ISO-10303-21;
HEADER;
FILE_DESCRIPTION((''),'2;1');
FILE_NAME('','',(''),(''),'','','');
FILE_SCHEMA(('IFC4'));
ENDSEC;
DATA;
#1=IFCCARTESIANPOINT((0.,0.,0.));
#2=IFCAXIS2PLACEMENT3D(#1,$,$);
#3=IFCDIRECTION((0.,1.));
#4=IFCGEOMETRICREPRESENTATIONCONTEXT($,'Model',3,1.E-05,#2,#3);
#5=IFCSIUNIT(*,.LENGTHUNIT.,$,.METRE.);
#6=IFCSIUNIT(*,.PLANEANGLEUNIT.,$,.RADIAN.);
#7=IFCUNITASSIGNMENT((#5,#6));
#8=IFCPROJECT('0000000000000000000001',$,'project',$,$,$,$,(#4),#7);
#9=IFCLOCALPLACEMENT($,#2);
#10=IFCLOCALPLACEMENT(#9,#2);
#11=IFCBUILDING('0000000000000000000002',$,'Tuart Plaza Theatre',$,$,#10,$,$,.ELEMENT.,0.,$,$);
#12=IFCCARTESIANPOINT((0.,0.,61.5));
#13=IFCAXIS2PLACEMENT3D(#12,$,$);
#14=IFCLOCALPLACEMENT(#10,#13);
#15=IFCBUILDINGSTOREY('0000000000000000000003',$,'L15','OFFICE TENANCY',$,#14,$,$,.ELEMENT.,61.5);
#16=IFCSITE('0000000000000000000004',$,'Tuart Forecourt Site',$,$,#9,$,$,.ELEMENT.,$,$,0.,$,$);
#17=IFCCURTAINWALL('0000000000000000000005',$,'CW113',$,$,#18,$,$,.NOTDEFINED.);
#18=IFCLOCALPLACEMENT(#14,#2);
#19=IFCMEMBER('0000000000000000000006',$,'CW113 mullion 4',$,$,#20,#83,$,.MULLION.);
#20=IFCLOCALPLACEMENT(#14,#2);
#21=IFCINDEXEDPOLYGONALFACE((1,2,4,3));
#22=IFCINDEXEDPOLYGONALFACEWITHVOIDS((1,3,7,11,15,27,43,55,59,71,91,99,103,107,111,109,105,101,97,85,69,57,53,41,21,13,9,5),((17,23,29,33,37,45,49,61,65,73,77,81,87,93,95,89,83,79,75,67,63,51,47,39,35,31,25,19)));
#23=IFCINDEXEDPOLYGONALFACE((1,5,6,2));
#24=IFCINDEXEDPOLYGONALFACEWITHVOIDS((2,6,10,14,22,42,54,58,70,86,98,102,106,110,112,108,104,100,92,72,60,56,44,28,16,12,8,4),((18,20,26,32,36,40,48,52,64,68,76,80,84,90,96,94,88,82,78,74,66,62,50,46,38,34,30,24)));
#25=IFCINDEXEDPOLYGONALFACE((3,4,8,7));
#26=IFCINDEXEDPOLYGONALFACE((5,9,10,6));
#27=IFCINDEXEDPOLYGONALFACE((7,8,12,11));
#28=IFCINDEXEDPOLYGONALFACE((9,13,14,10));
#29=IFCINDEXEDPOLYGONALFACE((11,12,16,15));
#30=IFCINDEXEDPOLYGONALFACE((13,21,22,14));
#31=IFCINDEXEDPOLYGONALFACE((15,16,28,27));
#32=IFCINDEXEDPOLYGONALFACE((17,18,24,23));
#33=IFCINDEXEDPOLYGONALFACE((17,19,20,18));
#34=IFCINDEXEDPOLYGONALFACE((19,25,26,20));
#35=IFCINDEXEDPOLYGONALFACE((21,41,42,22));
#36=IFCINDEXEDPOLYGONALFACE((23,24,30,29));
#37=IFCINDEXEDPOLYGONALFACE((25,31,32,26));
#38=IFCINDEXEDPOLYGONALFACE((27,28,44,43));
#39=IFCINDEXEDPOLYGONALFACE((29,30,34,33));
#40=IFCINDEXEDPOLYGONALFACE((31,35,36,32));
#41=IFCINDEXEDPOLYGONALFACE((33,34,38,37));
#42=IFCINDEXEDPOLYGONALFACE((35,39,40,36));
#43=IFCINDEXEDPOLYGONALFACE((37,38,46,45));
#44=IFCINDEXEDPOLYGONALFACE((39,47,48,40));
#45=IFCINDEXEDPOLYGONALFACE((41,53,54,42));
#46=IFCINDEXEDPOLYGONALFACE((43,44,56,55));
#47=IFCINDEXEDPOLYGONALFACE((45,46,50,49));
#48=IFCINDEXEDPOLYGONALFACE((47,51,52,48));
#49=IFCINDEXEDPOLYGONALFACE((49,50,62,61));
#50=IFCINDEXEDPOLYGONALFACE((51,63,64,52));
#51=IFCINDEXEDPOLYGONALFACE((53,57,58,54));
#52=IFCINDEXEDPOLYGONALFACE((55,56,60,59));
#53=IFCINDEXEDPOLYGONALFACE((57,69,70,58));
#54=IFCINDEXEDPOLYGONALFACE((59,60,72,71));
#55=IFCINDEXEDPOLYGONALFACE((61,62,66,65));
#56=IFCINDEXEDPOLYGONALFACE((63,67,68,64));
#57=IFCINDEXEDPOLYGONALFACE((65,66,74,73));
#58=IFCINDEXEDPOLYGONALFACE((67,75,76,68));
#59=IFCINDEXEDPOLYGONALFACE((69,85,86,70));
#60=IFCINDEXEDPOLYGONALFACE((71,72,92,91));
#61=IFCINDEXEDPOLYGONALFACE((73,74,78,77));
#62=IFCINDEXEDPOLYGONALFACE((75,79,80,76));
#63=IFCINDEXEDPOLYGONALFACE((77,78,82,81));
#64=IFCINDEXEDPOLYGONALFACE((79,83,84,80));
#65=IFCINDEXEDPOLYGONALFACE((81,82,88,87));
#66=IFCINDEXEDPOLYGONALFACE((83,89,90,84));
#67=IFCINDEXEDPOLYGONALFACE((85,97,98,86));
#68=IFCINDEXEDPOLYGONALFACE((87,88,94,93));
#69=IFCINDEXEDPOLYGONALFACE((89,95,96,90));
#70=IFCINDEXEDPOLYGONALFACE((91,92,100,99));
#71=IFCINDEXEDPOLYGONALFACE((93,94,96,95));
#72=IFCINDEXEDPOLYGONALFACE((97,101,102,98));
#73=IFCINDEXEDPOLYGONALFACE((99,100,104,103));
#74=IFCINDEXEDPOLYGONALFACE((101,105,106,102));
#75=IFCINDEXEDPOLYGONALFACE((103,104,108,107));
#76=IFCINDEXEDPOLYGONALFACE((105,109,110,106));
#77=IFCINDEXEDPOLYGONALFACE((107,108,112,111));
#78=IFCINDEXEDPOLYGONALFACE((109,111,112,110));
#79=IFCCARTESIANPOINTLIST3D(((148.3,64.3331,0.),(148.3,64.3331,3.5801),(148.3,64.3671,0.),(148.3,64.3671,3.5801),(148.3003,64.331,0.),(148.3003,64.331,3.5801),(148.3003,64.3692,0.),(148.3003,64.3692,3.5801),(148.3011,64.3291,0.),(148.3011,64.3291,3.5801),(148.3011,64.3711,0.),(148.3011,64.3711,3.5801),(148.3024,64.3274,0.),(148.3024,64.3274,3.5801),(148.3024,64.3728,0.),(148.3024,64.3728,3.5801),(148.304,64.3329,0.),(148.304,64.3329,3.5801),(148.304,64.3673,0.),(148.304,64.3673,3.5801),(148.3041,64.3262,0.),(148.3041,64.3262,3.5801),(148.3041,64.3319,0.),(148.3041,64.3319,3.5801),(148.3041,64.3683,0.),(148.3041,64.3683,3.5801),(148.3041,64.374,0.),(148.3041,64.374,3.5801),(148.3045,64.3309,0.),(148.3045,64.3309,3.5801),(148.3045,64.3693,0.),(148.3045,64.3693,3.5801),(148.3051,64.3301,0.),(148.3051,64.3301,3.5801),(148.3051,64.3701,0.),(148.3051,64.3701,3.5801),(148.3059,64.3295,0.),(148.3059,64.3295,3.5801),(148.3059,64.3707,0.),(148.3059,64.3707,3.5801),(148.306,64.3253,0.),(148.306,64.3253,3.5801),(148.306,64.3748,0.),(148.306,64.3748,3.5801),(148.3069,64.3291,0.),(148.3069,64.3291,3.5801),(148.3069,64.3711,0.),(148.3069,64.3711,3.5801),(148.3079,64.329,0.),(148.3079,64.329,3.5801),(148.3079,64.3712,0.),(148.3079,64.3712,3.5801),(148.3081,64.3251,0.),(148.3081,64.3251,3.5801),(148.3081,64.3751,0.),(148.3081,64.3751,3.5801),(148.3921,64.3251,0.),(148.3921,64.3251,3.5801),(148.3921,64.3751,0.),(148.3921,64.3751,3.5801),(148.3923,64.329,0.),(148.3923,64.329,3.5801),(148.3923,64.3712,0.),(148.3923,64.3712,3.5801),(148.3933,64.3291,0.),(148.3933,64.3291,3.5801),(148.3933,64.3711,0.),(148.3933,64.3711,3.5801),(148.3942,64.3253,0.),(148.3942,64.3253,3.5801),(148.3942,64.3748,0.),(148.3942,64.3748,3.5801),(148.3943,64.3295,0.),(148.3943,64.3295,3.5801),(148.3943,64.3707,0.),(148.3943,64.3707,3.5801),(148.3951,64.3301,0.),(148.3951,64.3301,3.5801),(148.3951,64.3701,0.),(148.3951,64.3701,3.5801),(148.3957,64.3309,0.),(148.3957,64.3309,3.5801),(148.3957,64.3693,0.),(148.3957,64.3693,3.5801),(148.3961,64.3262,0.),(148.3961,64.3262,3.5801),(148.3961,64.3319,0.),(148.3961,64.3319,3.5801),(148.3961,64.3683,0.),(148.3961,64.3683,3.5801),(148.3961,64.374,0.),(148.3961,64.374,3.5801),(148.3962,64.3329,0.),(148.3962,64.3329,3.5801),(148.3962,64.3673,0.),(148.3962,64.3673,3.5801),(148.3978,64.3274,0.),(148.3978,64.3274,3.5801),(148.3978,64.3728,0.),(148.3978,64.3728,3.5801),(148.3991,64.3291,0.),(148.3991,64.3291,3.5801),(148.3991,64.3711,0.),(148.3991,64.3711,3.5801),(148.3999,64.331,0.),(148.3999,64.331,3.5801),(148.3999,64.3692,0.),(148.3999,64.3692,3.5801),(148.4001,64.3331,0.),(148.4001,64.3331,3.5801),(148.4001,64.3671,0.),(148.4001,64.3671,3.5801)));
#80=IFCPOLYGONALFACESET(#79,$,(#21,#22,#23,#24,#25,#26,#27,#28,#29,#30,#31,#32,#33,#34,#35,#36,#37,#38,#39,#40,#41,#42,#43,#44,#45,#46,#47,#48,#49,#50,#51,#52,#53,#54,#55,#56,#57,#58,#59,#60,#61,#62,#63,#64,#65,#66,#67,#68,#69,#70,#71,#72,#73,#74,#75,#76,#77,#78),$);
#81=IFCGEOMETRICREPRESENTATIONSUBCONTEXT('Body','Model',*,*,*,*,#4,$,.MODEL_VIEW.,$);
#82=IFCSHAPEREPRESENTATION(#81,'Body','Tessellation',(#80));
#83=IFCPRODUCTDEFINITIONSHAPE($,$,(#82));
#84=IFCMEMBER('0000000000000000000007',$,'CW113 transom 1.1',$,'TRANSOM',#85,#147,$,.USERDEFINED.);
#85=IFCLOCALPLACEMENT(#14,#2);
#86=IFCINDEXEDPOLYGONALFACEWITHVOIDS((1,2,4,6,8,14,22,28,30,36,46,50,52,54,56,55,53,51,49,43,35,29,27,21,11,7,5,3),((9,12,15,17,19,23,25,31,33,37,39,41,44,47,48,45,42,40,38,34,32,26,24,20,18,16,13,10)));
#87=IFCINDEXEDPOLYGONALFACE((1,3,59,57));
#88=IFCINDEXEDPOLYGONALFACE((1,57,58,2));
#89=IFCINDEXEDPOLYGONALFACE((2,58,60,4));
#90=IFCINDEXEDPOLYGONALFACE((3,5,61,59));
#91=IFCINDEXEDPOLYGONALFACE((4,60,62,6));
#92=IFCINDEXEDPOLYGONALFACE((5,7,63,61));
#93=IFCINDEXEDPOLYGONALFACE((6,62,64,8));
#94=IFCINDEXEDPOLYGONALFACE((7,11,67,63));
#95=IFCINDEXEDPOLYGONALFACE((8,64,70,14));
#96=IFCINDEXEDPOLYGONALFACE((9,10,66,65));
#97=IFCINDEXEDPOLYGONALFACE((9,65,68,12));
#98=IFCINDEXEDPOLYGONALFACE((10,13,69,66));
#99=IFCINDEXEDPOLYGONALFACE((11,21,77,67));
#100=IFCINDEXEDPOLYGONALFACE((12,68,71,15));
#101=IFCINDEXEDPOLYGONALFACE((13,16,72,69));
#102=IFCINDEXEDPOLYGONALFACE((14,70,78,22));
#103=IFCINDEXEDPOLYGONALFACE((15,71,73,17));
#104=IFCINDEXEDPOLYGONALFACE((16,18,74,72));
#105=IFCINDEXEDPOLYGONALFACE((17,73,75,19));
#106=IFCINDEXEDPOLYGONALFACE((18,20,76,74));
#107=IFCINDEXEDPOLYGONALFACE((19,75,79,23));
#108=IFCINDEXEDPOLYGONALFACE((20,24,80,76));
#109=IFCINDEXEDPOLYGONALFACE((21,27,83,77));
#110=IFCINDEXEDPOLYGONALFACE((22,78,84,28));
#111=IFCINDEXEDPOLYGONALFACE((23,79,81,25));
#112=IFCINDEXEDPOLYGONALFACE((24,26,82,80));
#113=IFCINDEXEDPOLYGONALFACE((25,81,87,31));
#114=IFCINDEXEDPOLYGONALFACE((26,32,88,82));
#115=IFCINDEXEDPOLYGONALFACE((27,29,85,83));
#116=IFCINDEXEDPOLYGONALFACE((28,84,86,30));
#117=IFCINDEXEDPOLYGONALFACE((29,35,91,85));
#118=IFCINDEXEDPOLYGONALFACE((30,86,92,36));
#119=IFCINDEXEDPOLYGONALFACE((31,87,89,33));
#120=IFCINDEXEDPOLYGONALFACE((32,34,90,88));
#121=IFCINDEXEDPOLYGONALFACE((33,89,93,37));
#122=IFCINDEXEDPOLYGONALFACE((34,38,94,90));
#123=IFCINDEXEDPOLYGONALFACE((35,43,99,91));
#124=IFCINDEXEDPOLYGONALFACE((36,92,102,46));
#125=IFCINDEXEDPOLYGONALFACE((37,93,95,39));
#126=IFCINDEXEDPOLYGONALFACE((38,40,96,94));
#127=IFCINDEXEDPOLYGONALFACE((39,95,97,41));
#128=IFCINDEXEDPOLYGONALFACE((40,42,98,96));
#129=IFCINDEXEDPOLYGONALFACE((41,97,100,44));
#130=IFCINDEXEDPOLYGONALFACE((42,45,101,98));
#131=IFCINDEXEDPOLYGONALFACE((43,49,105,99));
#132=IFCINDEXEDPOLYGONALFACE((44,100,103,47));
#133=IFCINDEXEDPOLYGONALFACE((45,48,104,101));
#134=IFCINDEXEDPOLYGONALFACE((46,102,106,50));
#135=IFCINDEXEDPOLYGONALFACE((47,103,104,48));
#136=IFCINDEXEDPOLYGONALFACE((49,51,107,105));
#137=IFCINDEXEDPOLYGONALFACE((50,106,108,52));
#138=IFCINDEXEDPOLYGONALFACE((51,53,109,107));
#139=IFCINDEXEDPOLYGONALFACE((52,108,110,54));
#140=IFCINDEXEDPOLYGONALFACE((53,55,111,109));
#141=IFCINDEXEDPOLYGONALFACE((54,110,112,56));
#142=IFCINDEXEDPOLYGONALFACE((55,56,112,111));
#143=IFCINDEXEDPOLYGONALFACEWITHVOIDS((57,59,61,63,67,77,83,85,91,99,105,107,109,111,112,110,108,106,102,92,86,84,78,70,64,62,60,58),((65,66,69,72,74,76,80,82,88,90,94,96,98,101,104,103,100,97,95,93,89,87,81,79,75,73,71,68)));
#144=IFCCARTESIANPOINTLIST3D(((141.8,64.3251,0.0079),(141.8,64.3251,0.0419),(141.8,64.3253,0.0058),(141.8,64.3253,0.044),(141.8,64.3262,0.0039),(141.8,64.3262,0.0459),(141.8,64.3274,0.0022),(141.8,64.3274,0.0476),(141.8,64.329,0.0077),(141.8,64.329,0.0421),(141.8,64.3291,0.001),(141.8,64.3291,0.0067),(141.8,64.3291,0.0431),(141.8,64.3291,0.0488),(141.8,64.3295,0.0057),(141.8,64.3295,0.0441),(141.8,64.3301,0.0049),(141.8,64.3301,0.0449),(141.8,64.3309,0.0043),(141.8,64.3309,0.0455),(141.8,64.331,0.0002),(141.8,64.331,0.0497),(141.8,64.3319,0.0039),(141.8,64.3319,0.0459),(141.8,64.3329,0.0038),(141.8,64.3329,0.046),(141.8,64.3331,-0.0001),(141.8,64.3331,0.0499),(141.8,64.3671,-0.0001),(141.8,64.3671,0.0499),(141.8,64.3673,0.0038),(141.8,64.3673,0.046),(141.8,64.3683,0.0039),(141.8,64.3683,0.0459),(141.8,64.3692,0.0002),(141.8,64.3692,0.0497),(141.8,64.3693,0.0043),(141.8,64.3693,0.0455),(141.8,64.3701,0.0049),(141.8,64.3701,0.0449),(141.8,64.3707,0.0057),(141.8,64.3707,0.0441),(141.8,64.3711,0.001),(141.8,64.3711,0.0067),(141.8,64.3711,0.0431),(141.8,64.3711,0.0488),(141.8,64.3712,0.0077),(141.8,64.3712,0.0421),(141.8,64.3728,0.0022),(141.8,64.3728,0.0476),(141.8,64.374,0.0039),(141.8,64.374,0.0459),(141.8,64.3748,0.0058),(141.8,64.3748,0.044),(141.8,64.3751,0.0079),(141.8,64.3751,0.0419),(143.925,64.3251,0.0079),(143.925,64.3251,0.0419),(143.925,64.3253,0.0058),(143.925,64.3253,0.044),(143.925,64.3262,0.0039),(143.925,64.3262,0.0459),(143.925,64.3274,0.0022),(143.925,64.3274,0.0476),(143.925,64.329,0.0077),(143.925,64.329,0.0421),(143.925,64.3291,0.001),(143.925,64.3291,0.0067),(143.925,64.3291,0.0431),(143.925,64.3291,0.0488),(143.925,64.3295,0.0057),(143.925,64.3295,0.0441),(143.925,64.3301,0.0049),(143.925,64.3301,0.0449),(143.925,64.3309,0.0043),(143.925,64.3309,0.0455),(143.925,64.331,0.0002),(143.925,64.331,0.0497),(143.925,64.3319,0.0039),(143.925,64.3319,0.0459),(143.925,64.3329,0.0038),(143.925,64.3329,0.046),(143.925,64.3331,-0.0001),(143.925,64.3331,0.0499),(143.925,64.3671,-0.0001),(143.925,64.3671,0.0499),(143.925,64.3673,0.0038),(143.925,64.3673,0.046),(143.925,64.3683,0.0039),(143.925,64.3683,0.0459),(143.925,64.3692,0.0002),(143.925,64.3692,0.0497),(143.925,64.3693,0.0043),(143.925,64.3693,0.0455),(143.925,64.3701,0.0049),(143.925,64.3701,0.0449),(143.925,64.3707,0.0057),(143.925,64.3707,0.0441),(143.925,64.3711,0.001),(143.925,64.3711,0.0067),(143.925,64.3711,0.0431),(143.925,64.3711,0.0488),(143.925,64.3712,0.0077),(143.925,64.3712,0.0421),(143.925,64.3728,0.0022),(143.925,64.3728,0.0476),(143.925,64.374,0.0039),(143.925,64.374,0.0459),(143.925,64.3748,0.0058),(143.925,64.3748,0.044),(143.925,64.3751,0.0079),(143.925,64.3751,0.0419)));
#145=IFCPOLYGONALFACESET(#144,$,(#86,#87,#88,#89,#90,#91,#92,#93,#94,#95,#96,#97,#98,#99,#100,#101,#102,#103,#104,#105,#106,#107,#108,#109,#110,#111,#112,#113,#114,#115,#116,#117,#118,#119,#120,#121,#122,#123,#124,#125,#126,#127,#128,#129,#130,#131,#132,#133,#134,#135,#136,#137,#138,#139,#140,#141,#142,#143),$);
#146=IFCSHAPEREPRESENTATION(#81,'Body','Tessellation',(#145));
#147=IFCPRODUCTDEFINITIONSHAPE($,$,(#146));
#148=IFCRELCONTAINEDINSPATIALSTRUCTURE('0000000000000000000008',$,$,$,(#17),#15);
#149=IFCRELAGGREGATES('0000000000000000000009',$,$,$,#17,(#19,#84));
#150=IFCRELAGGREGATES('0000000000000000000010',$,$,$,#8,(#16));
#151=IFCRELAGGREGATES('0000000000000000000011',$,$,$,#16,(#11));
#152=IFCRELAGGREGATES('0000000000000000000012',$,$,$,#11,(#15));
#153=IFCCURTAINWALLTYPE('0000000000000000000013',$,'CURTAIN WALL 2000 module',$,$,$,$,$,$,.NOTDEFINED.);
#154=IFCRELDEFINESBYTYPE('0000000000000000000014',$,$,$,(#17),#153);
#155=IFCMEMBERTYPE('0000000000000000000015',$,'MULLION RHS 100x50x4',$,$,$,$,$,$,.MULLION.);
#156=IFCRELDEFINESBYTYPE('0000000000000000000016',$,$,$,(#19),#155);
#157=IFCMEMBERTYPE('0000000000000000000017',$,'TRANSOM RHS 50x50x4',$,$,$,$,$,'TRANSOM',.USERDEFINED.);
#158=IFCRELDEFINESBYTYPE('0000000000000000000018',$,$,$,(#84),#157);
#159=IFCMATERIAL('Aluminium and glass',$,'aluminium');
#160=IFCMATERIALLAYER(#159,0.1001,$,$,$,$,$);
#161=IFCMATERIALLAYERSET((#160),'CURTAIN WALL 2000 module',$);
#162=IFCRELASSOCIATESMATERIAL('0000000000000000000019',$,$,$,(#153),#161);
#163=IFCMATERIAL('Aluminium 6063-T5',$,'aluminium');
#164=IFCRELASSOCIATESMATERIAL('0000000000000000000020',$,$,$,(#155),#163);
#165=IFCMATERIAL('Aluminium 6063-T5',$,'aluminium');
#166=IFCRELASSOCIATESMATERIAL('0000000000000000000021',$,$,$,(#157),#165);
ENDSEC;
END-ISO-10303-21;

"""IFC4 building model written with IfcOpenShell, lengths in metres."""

from ifc_helpers import new_model, si_unit, direction, frame, origin, origin_2d, place, context, subcontext, project, spatial, hollow_rectangle, extrude, material, layer, layer_set, material_profile, profile_set, type_object, element, aggregate, save


model = new_model("IFC4")

# Units and contexts
model_context = context("Model", 3, precision=1e-05, world=origin(), true_north=direction((0.0, 1.0)))
body_context = subcontext(model_context, "Body", "Model", "MODEL_VIEW")
ifc_project = project(units=[si_unit("LENGTHUNIT", "METRE"), si_unit("PLANEANGLEUNIT", "RADIAN")], contexts=[model_context])

# Site, building, storey
site_placement = place(None, origin())
site = spatial("IfcSite", under=ifc_project, at=site_placement, Name="Tuart Forecourt Site", CompositionType="ELEMENT", RefElevation=0.0)
building_placement = place(site_placement, origin())
building = spatial("IfcBuilding", under=site, at=building_placement, Name="Tuart Plaza Theatre", CompositionType="ELEMENT", ElevationOfRefHeight=0.0)
storey_placement = place(building_placement, frame((0.0, 0.0, 61.5)))
storey = spatial("IfcBuildingStorey", under=building, at=storey_placement, Name="L15", Description="OFFICE TENANCY", CompositionType="ELEMENT", Elevation=61.5)

# Curtain wall, members
ifc_material_1 = material(Name="Aluminium and glass", Category="aluminium")
ifc_layer_1 = layer(ifc_material_1, 0.1001)
ifc_layer_set_1 = layer_set([ifc_layer_1], Name="CURTAIN WALL 2000 module")
curtain_wall_type = type_object("IfcCurtainWallType", Name="CURTAIN WALL 2000 module", PredefinedType="NOTDEFINED", material=ifc_layer_set_1)
curtain_wall_placement = place(storey_placement, origin())
curtain_wall = element("IfcCurtainWall", 1, at=curtain_wall_placement, inside=storey, type_object=curtain_wall_type, Name="CW113", PredefinedType="NOTDEFINED")
ifc_material_2 = material(Name="Aluminium 6063-T5", Category="aluminium")
ifc_material_profile_1 = material_profile(ifc_material_2, hollow_rectangle(XDim=0.05, YDim=0.1001, WallThickness=0.0039, InnerFilletRadius=0.0039, OuterFilletRadius=0.0081, at=origin_2d()), Name="RHS 100x50x4")
ifc_profile_set_1 = profile_set([ifc_material_profile_1], Name="Aluminium 6063-T5")
member_type_1 = type_object("IfcMemberType", Name="MULLION RHS 100x50x4", PredefinedType="MULLION", material=ifc_profile_set_1)
member_1_placement = place(storey_placement, frame((148.3501, 64.3501, 0.0), z_axis=(0.0, 0.0, 1.0), x_axis=(0.0, 1.0, 0.0)))
member_1 = element("IfcMember", 2, at=member_1_placement, type_object=member_type_1, Name="CW113 mullion 4", PredefinedType="MULLION", context=body_context, shape_type="SweptSolid", body=[
    extrude(hollow_rectangle(XDim=0.05, YDim=0.1001, WallThickness=0.0039, InnerFilletRadius=0.0039, OuterFilletRadius=0.0081, at=origin_2d()), origin(), (0.0, 0.0, 1.0), 3.5801),
])
ifc_material_3 = material(Name="Aluminium 6063-T5", Category="aluminium")
ifc_material_profile_2 = material_profile(ifc_material_3, hollow_rectangle(XDim=0.05, YDim=0.05, WallThickness=0.0039, InnerFilletRadius=0.0039, OuterFilletRadius=0.0081, at=origin_2d()), Name="RHS 50x50x4")
ifc_profile_set_2 = profile_set([ifc_material_profile_2], Name="Aluminium 6063-T5")
member_type_2 = type_object("IfcMemberType", Name="TRANSOM RHS 50x50x4", ElementType="TRANSOM", PredefinedType="USERDEFINED", material=ifc_profile_set_2)
member_2_placement = place(storey_placement, frame((141.8, 64.3501, 0.0249), z_axis=(1.0, 0.0, 0.0), x_axis=(0.0, 1.0, 0.0)))
member_2 = element("IfcMember", 3, at=member_2_placement, type_object=member_type_2, Name="CW113 transom 1.1", ObjectType="TRANSOM", PredefinedType="USERDEFINED", context=body_context, shape_type="SweptSolid", body=[
    extrude(hollow_rectangle(XDim=0.05, YDim=0.05, WallThickness=0.0039, InnerFilletRadius=0.0039, OuterFilletRadius=0.0081, at=origin_2d()), origin(), (0.0, 0.0, 1.0), 2.125),
])
aggregate(curtain_wall, [member_1, member_2])

save(model, "model.ifc")
